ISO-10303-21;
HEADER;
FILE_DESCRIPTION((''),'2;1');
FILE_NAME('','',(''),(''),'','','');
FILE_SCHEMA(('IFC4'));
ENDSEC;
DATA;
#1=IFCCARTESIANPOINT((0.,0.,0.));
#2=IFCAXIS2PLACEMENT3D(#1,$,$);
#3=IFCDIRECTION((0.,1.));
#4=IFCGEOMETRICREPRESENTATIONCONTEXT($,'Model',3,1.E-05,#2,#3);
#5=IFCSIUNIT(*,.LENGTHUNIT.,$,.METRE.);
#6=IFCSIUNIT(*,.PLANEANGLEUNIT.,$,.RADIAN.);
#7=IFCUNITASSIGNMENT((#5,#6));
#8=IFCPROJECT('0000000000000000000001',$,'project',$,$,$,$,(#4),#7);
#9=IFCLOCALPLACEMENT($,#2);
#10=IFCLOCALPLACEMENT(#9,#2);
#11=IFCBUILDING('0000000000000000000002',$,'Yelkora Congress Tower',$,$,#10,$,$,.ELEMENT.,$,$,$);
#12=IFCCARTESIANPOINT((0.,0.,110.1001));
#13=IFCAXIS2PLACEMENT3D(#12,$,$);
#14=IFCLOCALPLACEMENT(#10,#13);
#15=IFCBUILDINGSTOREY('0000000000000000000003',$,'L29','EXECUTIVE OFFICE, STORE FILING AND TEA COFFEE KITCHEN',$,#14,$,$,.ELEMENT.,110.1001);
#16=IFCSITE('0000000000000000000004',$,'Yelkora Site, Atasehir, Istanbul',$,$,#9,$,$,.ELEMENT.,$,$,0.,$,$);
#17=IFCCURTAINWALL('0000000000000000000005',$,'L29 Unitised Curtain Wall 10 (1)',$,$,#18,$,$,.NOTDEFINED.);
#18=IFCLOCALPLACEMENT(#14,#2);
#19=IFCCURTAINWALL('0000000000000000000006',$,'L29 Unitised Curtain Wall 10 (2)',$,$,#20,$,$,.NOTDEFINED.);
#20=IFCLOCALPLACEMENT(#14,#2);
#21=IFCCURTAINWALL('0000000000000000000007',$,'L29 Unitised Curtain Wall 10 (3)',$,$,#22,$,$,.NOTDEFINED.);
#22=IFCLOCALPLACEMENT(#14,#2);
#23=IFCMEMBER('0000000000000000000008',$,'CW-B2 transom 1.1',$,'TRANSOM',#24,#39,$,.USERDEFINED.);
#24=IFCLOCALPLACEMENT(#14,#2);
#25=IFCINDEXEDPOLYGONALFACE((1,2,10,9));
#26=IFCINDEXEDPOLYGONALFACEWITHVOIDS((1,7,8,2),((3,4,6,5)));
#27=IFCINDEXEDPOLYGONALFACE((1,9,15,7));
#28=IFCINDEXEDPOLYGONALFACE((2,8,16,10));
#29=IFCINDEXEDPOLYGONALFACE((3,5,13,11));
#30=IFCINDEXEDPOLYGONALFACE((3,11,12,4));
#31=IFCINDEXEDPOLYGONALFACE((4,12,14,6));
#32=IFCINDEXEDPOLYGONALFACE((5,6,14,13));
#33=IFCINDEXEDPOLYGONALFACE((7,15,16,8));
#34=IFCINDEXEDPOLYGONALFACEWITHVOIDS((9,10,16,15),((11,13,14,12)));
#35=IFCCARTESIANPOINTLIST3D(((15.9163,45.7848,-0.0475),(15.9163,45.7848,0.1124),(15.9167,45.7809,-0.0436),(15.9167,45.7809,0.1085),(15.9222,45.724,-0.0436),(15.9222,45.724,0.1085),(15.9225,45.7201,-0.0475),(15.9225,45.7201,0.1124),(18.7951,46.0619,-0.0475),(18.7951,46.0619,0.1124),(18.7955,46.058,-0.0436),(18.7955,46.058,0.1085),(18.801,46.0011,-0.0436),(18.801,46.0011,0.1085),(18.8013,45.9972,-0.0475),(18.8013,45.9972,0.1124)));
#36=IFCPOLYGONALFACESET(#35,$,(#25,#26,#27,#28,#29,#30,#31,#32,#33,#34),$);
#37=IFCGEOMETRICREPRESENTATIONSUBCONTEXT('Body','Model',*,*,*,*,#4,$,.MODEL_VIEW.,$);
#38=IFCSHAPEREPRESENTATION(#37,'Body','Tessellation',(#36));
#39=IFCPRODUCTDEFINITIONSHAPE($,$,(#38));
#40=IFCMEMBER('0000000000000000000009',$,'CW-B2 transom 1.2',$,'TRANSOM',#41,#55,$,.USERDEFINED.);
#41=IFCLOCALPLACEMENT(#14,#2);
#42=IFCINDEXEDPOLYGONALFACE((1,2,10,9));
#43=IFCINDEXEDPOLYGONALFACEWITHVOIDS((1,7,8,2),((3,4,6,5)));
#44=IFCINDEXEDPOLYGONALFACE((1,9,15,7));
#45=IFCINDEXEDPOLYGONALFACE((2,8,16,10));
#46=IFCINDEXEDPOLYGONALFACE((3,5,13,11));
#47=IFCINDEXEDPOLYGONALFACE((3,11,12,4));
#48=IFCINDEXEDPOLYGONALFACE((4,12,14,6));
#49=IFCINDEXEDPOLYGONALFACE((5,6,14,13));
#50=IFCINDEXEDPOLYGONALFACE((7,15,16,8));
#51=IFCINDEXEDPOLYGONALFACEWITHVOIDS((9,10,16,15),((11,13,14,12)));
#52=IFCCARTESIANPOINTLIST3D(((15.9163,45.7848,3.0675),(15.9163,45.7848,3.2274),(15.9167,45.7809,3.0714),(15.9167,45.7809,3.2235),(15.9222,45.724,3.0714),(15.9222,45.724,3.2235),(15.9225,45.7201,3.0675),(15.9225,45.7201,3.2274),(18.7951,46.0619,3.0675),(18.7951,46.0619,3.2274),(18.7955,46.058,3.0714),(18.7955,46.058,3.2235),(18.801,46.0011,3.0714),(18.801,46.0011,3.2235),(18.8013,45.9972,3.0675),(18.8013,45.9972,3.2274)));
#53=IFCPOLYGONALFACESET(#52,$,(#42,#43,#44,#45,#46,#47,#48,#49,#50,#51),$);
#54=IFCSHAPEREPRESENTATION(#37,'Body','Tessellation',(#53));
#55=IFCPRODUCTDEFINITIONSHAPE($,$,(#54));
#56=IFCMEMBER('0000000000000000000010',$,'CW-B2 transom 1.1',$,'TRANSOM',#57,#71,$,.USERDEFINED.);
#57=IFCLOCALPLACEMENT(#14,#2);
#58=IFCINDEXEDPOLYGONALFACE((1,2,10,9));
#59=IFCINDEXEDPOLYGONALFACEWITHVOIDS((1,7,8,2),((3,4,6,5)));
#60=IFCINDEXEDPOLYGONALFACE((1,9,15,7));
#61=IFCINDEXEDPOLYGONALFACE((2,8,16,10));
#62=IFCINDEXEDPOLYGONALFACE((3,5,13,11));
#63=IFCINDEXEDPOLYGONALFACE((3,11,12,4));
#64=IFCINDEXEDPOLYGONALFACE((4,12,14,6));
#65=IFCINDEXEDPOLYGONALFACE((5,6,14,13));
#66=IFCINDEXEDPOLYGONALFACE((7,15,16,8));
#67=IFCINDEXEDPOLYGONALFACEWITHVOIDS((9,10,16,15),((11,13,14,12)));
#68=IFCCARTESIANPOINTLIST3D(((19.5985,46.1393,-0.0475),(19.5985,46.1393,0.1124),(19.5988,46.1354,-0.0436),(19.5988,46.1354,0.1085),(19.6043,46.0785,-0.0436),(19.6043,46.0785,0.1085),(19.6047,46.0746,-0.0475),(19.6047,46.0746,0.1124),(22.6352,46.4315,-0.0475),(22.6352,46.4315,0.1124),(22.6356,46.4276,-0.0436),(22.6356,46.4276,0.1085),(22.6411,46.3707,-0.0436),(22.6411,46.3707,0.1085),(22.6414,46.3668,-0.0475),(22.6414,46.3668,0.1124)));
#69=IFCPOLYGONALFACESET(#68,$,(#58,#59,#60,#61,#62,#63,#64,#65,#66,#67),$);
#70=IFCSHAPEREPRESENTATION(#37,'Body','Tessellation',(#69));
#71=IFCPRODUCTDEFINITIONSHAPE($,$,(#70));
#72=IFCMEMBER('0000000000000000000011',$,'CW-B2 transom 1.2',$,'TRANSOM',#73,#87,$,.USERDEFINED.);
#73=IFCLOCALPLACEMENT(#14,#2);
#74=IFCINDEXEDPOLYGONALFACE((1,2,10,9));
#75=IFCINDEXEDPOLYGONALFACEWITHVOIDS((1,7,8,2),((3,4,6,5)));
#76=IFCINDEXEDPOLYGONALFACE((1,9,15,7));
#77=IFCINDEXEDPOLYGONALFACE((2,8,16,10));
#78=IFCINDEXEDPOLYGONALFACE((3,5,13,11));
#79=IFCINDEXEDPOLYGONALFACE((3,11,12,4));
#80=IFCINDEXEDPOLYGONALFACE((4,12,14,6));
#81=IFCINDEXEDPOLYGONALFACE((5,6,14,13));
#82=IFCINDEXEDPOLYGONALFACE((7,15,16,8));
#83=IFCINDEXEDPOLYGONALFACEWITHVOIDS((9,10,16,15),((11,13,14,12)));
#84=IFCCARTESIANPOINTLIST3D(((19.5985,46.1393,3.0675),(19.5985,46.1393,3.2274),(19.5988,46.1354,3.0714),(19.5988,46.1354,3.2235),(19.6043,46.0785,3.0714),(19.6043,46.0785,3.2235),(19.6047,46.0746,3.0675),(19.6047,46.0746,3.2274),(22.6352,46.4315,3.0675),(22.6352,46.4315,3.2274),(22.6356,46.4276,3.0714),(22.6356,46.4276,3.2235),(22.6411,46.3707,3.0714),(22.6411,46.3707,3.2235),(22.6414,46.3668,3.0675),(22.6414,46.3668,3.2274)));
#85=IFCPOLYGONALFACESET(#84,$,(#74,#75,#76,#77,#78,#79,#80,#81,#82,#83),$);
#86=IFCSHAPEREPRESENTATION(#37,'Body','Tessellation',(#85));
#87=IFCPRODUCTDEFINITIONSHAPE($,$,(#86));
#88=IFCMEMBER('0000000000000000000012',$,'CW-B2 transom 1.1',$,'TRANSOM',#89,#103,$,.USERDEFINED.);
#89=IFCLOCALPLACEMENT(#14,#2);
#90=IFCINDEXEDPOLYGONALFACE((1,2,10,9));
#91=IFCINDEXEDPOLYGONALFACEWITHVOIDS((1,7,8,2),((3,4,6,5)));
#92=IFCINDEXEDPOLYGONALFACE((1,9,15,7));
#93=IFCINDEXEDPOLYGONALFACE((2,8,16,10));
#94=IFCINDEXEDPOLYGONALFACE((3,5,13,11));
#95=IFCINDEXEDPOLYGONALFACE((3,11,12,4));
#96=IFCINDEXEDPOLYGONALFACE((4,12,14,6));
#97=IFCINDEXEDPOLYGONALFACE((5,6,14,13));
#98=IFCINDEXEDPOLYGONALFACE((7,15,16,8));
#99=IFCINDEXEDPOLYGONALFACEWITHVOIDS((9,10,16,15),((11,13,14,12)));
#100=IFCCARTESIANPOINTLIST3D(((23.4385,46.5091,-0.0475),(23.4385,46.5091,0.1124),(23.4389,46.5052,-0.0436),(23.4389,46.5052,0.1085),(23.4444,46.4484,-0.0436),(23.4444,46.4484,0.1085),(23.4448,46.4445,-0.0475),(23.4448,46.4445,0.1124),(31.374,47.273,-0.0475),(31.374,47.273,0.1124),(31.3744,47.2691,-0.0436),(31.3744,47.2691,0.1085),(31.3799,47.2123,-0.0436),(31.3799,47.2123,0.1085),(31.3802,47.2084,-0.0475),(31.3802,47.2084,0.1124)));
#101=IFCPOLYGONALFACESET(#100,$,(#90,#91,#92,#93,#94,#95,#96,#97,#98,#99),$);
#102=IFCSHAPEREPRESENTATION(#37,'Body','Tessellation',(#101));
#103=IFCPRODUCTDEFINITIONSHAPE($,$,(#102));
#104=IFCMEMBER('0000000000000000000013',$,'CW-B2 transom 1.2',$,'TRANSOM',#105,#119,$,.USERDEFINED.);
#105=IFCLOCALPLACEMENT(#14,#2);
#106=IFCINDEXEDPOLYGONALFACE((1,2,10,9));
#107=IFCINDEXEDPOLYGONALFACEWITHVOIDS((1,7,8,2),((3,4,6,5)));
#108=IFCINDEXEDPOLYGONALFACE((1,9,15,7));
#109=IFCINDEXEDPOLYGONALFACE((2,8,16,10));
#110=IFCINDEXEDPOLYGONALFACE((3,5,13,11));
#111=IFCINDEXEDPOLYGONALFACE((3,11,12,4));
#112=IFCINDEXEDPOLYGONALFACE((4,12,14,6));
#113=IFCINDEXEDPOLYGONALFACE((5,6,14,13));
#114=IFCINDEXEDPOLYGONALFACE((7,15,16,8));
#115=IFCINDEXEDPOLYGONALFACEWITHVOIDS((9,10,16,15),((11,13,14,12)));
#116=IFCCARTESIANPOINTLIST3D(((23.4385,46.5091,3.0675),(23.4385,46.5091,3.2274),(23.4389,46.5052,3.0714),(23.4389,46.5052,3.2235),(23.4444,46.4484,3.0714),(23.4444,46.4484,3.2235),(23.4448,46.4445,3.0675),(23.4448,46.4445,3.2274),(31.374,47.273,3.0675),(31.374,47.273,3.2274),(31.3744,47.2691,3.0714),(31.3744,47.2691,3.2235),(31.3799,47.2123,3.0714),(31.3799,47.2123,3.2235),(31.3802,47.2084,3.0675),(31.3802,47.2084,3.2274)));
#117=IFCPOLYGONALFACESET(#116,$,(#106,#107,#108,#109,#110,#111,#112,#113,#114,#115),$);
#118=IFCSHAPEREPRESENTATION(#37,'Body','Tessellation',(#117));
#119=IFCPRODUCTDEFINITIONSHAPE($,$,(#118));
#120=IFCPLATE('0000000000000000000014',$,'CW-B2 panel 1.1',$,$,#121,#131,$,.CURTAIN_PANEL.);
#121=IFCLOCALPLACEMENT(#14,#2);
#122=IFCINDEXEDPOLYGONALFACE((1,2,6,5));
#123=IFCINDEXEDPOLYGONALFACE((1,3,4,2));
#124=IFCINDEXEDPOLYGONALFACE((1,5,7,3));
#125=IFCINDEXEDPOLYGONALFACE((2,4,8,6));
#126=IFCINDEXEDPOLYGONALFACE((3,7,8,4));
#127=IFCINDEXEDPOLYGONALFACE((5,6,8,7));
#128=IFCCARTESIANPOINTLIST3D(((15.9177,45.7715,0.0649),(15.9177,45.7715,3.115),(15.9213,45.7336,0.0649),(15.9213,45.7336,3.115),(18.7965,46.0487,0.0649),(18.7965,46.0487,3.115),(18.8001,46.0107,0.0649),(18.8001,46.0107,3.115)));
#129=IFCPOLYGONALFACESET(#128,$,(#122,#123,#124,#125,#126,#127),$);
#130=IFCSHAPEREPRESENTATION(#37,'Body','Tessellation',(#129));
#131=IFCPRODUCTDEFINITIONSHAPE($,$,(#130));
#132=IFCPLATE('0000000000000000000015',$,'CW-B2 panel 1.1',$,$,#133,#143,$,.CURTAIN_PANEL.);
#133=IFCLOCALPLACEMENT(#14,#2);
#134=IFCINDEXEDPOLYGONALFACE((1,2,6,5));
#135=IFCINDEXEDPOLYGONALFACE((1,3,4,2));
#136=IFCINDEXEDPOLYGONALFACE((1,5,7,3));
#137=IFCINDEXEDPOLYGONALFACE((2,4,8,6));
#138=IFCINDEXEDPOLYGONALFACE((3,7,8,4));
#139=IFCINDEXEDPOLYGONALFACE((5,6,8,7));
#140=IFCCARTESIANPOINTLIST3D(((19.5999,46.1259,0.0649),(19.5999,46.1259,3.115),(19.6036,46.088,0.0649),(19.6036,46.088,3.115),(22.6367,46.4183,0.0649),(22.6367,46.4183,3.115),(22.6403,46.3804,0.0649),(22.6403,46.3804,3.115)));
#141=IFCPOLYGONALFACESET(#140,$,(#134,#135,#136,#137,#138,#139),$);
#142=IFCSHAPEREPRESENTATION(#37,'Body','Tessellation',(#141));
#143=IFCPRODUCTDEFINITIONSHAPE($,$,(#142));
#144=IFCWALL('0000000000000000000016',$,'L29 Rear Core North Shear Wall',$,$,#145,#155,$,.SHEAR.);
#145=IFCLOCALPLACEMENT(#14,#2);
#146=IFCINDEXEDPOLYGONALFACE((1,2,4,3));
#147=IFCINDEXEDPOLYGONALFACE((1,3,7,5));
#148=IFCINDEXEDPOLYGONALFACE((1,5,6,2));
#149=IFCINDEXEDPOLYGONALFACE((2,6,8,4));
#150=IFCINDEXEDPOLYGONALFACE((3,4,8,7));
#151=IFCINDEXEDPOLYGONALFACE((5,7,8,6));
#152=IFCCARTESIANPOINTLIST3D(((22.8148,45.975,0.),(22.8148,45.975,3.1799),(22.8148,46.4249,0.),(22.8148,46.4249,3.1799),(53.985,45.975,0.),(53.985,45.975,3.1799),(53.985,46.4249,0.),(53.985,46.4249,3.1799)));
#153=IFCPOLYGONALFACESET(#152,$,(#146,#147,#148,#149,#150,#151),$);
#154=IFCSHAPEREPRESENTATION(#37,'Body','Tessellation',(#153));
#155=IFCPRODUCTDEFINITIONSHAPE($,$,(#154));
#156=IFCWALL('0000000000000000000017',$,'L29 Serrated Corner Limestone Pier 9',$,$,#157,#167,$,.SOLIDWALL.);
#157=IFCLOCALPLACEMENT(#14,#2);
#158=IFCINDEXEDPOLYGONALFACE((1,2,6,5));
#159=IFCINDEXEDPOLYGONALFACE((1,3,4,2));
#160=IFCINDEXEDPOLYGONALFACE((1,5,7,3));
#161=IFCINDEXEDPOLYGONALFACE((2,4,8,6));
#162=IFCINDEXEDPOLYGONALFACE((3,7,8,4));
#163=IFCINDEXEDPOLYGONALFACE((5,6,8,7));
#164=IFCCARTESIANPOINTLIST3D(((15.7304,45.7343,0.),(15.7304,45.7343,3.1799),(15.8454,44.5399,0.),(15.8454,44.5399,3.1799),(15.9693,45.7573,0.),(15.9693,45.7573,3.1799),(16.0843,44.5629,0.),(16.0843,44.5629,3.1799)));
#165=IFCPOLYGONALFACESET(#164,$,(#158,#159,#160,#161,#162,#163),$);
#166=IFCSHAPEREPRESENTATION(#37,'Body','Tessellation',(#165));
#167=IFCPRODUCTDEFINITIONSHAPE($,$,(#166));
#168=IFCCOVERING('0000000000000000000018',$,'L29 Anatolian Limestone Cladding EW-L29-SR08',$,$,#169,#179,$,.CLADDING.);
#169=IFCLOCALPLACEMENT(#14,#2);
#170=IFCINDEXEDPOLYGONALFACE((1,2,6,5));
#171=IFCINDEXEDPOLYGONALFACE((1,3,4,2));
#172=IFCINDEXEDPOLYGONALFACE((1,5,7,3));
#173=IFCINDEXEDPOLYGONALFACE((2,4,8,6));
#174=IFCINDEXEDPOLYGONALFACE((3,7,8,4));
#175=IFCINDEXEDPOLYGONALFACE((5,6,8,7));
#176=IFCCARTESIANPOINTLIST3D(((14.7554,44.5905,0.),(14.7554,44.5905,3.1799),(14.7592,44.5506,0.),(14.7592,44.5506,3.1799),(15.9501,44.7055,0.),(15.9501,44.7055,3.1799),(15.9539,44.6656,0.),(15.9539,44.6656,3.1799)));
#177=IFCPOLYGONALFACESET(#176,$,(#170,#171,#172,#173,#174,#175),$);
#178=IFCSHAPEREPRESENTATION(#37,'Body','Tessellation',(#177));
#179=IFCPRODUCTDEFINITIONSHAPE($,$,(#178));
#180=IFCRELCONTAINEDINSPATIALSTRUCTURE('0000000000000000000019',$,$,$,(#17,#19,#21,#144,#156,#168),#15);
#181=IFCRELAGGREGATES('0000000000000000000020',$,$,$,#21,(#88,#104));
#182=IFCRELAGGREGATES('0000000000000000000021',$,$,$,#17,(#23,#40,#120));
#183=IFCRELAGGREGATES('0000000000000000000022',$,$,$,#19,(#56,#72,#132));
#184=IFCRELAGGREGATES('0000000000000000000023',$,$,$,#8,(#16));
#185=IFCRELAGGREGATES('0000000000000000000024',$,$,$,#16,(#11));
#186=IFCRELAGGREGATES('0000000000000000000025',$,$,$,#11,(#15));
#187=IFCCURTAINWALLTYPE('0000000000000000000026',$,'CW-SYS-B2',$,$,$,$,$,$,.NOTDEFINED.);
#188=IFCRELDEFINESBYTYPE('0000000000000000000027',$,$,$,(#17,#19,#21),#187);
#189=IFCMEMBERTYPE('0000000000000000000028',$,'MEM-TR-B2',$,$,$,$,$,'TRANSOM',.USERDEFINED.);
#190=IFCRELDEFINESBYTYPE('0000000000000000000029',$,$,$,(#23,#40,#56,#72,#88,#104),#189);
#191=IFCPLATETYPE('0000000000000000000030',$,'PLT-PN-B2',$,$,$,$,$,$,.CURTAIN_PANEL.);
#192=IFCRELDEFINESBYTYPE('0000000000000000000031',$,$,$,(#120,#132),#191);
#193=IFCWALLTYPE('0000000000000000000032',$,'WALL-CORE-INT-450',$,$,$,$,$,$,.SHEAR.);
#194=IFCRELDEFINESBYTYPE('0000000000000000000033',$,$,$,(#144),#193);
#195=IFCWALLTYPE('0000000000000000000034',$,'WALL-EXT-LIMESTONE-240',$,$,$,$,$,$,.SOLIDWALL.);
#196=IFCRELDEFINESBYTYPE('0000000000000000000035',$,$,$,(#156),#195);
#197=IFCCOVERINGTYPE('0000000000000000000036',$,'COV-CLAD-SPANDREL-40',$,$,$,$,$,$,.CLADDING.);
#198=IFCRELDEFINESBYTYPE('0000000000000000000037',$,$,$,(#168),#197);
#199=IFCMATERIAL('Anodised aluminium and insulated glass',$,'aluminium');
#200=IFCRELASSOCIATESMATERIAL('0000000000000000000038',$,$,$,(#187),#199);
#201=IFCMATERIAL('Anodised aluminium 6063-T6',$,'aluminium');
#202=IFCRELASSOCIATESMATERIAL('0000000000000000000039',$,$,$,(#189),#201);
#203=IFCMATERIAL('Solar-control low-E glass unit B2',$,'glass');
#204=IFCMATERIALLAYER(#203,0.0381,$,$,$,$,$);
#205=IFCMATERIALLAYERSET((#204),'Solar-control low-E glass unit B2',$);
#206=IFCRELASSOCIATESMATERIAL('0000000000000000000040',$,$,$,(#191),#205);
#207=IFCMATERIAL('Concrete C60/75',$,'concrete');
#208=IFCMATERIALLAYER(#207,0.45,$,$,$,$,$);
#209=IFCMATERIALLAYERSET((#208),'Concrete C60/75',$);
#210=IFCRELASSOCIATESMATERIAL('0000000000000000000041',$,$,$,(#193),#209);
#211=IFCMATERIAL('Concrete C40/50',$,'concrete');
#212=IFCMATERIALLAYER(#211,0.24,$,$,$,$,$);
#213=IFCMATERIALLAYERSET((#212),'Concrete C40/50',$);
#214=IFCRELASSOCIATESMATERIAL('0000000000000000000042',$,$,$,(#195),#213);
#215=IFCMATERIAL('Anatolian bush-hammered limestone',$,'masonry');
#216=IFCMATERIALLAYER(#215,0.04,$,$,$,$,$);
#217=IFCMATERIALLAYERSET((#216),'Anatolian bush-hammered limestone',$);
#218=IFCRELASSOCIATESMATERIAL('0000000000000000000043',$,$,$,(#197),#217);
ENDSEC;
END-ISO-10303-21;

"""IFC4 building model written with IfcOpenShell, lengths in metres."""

from ifc_helpers import new_model, si_unit, direction, frame, frame_2d, origin, origin_2d, place, context, subcontext, project, spatial, rectangle, hollow_rectangle, extrude, material, layer, layer_set, material_profile, profile_set, type_object, element, aggregate, save


model = new_model("IFC4")

# Units and contexts
model_context = context("Model", 3, precision=1e-05, world=origin(), true_north=direction((0.0, 1.0)))
body_context = subcontext(model_context, "Body", "Model", "MODEL_VIEW")
ifc_project = project(units=[si_unit("LENGTHUNIT", "METRE"), si_unit("PLANEANGLEUNIT", "RADIAN")], contexts=[model_context])

# Site, building, storey
site_placement = place(None, origin())
site = spatial("IfcSite", under=ifc_project, at=site_placement, Name="Yelkora Site, Atasehir, Istanbul", CompositionType="ELEMENT", RefElevation=0.0)
building_placement = place(site_placement, origin())
building = spatial("IfcBuilding", under=site, at=building_placement, Name="Yelkora Congress Tower", CompositionType="ELEMENT")
storey_placement = place(building_placement, frame((0.0, 0.0, 110.1001)))
storey = spatial("IfcBuildingStorey", under=building, at=storey_placement, Name="L29", Description="EXECUTIVE OFFICE, STORE FILING AND TEA COFFEE KITCHEN", CompositionType="ELEMENT", Elevation=110.1001)

# Curtain walls
ifc_material_1 = material(Name="Anodised aluminium and insulated glass", Category="aluminium")
curtain_wall_type = type_object("IfcCurtainWallType", Name="CW-SYS-B2", PredefinedType="NOTDEFINED", material=ifc_material_1)
curtain_wall_1_placement = place(storey_placement, origin())
curtain_wall_1 = element("IfcCurtainWall", 1, at=curtain_wall_1_placement, inside=storey, type_object=curtain_wall_type, Name="L29 Unitised Curtain Wall 10 (1)", PredefinedType="NOTDEFINED")
ifc_material_2 = material(Name="Anodised aluminium 6063-T6", Category="aluminium")
curtain_wall_2_placement = place(storey_placement, origin())
curtain_wall_2 = element("IfcCurtainWall", 2, at=curtain_wall_2_placement, inside=storey, type_object=curtain_wall_type, Name="L29 Unitised Curtain Wall 10 (2)", PredefinedType="NOTDEFINED")

# Curtain wall
curtain_wall_3_placement = place(storey_placement, origin())
curtain_wall_3 = element("IfcCurtainWall", 3, at=curtain_wall_3_placement, inside=storey, type_object=curtain_wall_type, Name="L29 Unitised Curtain Wall 10 (3)", PredefinedType="NOTDEFINED")

# Members
ifc_material_profile_1 = material_profile(ifc_material_2, hollow_rectangle(XDim=0.0649, YDim=0.1599, WallThickness=0.0039, at=origin_2d()), Name="ALU 65x160x4")
ifc_profile_set_1 = profile_set([ifc_material_profile_1], Name="Anodised aluminium 6063-T6")
member_type_1 = type_object("IfcMemberType", Name="MEM-TR-B2", ElementType="TRANSOM", PredefinedType="USERDEFINED", material=ifc_profile_set_1)
member_1_placement = place(storey_placement, frame((15.9194, 45.7524, 0.0325), z_axis=(0.9954, 0.095809, 0.0), x_axis=(-0.095809, 0.9954, 0.0)))
member_1 = element("IfcMember", 4, at=member_1_placement, type_object=member_type_1, Name="CW-B2 transom 1.1", ObjectType="TRANSOM", PredefinedType="USERDEFINED", context=body_context, shape_type="SweptSolid", body=[
    extrude(hollow_rectangle(XDim=0.0649, YDim=0.1599, WallThickness=0.0039, at=origin_2d()), origin(), (0.0, 0.0, 1.0), 2.8921),
])
member_2_placement = place(storey_placement, frame((15.9194, 45.7524, 3.1475), z_axis=(0.9954, 0.095809, 0.0), x_axis=(-0.095809, 0.9954, 0.0)))
member_2 = element("IfcMember", 5, at=member_2_placement, type_object=member_type_1, Name="CW-B2 transom 1.2", ObjectType="TRANSOM", PredefinedType="USERDEFINED", context=body_context, shape_type="SweptSolid", body=[
    extrude(hollow_rectangle(XDim=0.0649, YDim=0.1599, WallThickness=0.0039, at=origin_2d()), origin(), (0.0, 0.0, 1.0), 2.8921),
])
member_3_placement = place(storey_placement, frame((19.6016, 46.1069, 0.0325), z_axis=(0.995402, 0.095787, 0.0), x_axis=(-0.095787, 0.995402, 0.0)))
member_3 = element("IfcMember", 6, at=member_3_placement, type_object=member_type_1, Name="CW-B2 transom 1.1", ObjectType="TRANSOM", PredefinedType="USERDEFINED", context=body_context, shape_type="SweptSolid", body=[
    extrude(hollow_rectangle(XDim=0.0649, YDim=0.1599, WallThickness=0.0039, at=origin_2d()), origin(), (0.0, 0.0, 1.0), 3.0508),
])
member_4_placement = place(storey_placement, frame((19.6016, 46.1069, 3.1475), z_axis=(0.995402, 0.095787, 0.0), x_axis=(-0.095787, 0.995402, 0.0)))
member_4 = element("IfcMember", 7, at=member_4_placement, type_object=member_type_1, Name="CW-B2 transom 1.2", ObjectType="TRANSOM", PredefinedType="USERDEFINED", context=body_context, shape_type="SweptSolid", body=[
    extrude(hollow_rectangle(XDim=0.0649, YDim=0.1599, WallThickness=0.0039, at=origin_2d()), origin(), (0.0, 0.0, 1.0), 3.0508),
])
member_5_placement = place(storey_placement, frame((23.4417, 46.4768, 0.0325), z_axis=(0.995398, 0.095822, 0.0), x_axis=(-0.095822, 0.995398, 0.0)))
member_5 = element("IfcMember", 8, at=member_5_placement, type_object=member_type_1, Name="CW-B2 transom 1.1", ObjectType="TRANSOM", PredefinedType="USERDEFINED", context=body_context, shape_type="SweptSolid", body=[
    extrude(hollow_rectangle(XDim=0.0649, YDim=0.1599, WallThickness=0.0039, at=origin_2d()), origin(), (0.0, 0.0, 1.0), 7.9722),
])
member_6_placement = place(storey_placement, frame((23.4417, 46.4768, 3.1475), z_axis=(0.995398, 0.095822, 0.0), x_axis=(-0.095822, 0.995398, 0.0)))
member_6 = element("IfcMember", 9, at=member_6_placement, type_object=member_type_1, Name="CW-B2 transom 1.2", ObjectType="TRANSOM", PredefinedType="USERDEFINED", context=body_context, shape_type="SweptSolid", body=[
    extrude(hollow_rectangle(XDim=0.0649, YDim=0.1599, WallThickness=0.0039, at=origin_2d()), origin(), (0.0, 0.0, 1.0), 7.9722),
])
aggregate(curtain_wall_3, [member_5, member_6])

# Plates
ifc_material_3 = material(Name="Solar-control low-E glass unit B2", Category="glass")
ifc_layer_1 = layer(ifc_material_3, 0.0381)
ifc_layer_set_1 = layer_set([ifc_layer_1], Name="Solar-control low-E glass unit B2")
plate_type = type_object("IfcPlateType", Name="PLT-PN-B2", PredefinedType="CURTAIN_PANEL", material=ifc_layer_set_1)
plate_1_placement = place(storey_placement, frame((17.3589, 45.8911, 0.0649), z_axis=(0.0, 0.0, 1.0), x_axis=(0.995397, 0.095839, 0.0)))
plate_1 = element("IfcPlate", 10, at=plate_1_placement, type_object=plate_type, Name="CW-B2 panel 1.1", PredefinedType="CURTAIN_PANEL", context=body_context, shape_type="SweptSolid", body=[
    extrude(rectangle(XDim=2.8921, YDim=0.0381, at=origin_2d()), origin(), (0.0, 0.0, 1.0), 3.05),
])
aggregate(curtain_wall_1, [member_1, member_2, plate_1])
plate_2_placement = place(storey_placement, frame((21.1201, 46.2532, 0.0649), z_axis=(0.0, 0.0, 1.0), x_axis=(0.995397, 0.095841, 0.0)))
plate_2 = element("IfcPlate", 11, at=plate_2_placement, type_object=plate_type, Name="CW-B2 panel 1.1", PredefinedType="CURTAIN_PANEL", context=body_context, shape_type="SweptSolid", body=[
    extrude(rectangle(XDim=3.0508, YDim=0.0381, at=origin_2d()), origin(), (0.0, 0.0, 1.0), 3.05),
])
aggregate(curtain_wall_2, [member_3, member_4, plate_2])

# Walls
ifc_material_4 = material(Name="Concrete C60/75", Category="concrete")
ifc_layer_2 = layer(ifc_material_4, 0.45)
ifc_layer_set_2 = layer_set([ifc_layer_2], Name="Concrete C60/75")
wall_type_1 = type_object("IfcWallType", Name="WALL-CORE-INT-450", PredefinedType="SHEAR", material=ifc_layer_set_2)
wall_1_placement = place(storey_placement, frame((22.8149, 46.2, 0.0), z_axis=(0.0, 0.0, 1.0), x_axis=(1.0, 0.0, 0.0)))
element("IfcWall", 12, at=wall_1_placement, inside=storey, type_object=wall_type_1, Name="L29 Rear Core North Shear Wall", PredefinedType="SHEAR", context=body_context, shape_type="SweptSolid", body=[
    extrude(rectangle(XDim=31.1702, YDim=0.45, at=frame_2d((15.585, 0.0))), origin(), (0.0, 0.0, 1.0), 3.1799),
])
ifc_material_5 = material(Name="Concrete C40/50", Category="concrete")
ifc_layer_3 = layer(ifc_material_5, 0.24)
ifc_layer_set_3 = layer_set([ifc_layer_3], Name="Concrete C40/50")
wall_type_2 = type_object("IfcWallType", Name="WALL-EXT-LIMESTONE-240", PredefinedType="SOLIDWALL", material=ifc_layer_set_3)
wall_2_placement = place(storey_placement, frame((15.9648, 44.5513, 0.0), z_axis=(0.0, 0.0, 1.0), x_axis=(-0.095836, 0.995397, 0.0)))
element("IfcWall", 13, at=wall_2_placement, inside=storey, type_object=wall_type_2, Name="L29 Serrated Corner Limestone Pier 9", PredefinedType="SOLIDWALL", context=body_context, shape_type="SweptSolid", body=[
    extrude(rectangle(XDim=1.2, YDim=0.24, at=frame_2d((0.6001, 0.0))), origin(), (0.0, 0.0, 1.0), 3.1799),
])

# Covering
ifc_material_6 = material(Name="Anatolian bush-hammered limestone", Category="masonry")
ifc_layer_4 = layer(ifc_material_6, 0.04)
ifc_layer_set_4 = layer_set([ifc_layer_4], Name="Anatolian bush-hammered limestone")
covering_type = type_object("IfcCoveringType", Name="COV-CLAD-SPANDREL-40", PredefinedType="CLADDING", material=ifc_layer_set_4)
covering_placement = place(storey_placement, frame((14.7573, 44.5706, 0.0), z_axis=(0.0, 0.0, 1.0), x_axis=(0.995399, 0.095817, 0.0)))
element("IfcCovering", 14, at=covering_placement, inside=storey, type_object=covering_type, Name="L29 Anatolian Limestone Cladding EW-L29-SR08", PredefinedType="CLADDING", context=body_context, shape_type="SweptSolid", body=[
    extrude(rectangle(XDim=1.2002, YDim=0.04, at=frame_2d((0.6001, 0.0))), origin(), (0.0, 0.0, 1.0), 3.1799),
])

save(model, "model.ifc")
